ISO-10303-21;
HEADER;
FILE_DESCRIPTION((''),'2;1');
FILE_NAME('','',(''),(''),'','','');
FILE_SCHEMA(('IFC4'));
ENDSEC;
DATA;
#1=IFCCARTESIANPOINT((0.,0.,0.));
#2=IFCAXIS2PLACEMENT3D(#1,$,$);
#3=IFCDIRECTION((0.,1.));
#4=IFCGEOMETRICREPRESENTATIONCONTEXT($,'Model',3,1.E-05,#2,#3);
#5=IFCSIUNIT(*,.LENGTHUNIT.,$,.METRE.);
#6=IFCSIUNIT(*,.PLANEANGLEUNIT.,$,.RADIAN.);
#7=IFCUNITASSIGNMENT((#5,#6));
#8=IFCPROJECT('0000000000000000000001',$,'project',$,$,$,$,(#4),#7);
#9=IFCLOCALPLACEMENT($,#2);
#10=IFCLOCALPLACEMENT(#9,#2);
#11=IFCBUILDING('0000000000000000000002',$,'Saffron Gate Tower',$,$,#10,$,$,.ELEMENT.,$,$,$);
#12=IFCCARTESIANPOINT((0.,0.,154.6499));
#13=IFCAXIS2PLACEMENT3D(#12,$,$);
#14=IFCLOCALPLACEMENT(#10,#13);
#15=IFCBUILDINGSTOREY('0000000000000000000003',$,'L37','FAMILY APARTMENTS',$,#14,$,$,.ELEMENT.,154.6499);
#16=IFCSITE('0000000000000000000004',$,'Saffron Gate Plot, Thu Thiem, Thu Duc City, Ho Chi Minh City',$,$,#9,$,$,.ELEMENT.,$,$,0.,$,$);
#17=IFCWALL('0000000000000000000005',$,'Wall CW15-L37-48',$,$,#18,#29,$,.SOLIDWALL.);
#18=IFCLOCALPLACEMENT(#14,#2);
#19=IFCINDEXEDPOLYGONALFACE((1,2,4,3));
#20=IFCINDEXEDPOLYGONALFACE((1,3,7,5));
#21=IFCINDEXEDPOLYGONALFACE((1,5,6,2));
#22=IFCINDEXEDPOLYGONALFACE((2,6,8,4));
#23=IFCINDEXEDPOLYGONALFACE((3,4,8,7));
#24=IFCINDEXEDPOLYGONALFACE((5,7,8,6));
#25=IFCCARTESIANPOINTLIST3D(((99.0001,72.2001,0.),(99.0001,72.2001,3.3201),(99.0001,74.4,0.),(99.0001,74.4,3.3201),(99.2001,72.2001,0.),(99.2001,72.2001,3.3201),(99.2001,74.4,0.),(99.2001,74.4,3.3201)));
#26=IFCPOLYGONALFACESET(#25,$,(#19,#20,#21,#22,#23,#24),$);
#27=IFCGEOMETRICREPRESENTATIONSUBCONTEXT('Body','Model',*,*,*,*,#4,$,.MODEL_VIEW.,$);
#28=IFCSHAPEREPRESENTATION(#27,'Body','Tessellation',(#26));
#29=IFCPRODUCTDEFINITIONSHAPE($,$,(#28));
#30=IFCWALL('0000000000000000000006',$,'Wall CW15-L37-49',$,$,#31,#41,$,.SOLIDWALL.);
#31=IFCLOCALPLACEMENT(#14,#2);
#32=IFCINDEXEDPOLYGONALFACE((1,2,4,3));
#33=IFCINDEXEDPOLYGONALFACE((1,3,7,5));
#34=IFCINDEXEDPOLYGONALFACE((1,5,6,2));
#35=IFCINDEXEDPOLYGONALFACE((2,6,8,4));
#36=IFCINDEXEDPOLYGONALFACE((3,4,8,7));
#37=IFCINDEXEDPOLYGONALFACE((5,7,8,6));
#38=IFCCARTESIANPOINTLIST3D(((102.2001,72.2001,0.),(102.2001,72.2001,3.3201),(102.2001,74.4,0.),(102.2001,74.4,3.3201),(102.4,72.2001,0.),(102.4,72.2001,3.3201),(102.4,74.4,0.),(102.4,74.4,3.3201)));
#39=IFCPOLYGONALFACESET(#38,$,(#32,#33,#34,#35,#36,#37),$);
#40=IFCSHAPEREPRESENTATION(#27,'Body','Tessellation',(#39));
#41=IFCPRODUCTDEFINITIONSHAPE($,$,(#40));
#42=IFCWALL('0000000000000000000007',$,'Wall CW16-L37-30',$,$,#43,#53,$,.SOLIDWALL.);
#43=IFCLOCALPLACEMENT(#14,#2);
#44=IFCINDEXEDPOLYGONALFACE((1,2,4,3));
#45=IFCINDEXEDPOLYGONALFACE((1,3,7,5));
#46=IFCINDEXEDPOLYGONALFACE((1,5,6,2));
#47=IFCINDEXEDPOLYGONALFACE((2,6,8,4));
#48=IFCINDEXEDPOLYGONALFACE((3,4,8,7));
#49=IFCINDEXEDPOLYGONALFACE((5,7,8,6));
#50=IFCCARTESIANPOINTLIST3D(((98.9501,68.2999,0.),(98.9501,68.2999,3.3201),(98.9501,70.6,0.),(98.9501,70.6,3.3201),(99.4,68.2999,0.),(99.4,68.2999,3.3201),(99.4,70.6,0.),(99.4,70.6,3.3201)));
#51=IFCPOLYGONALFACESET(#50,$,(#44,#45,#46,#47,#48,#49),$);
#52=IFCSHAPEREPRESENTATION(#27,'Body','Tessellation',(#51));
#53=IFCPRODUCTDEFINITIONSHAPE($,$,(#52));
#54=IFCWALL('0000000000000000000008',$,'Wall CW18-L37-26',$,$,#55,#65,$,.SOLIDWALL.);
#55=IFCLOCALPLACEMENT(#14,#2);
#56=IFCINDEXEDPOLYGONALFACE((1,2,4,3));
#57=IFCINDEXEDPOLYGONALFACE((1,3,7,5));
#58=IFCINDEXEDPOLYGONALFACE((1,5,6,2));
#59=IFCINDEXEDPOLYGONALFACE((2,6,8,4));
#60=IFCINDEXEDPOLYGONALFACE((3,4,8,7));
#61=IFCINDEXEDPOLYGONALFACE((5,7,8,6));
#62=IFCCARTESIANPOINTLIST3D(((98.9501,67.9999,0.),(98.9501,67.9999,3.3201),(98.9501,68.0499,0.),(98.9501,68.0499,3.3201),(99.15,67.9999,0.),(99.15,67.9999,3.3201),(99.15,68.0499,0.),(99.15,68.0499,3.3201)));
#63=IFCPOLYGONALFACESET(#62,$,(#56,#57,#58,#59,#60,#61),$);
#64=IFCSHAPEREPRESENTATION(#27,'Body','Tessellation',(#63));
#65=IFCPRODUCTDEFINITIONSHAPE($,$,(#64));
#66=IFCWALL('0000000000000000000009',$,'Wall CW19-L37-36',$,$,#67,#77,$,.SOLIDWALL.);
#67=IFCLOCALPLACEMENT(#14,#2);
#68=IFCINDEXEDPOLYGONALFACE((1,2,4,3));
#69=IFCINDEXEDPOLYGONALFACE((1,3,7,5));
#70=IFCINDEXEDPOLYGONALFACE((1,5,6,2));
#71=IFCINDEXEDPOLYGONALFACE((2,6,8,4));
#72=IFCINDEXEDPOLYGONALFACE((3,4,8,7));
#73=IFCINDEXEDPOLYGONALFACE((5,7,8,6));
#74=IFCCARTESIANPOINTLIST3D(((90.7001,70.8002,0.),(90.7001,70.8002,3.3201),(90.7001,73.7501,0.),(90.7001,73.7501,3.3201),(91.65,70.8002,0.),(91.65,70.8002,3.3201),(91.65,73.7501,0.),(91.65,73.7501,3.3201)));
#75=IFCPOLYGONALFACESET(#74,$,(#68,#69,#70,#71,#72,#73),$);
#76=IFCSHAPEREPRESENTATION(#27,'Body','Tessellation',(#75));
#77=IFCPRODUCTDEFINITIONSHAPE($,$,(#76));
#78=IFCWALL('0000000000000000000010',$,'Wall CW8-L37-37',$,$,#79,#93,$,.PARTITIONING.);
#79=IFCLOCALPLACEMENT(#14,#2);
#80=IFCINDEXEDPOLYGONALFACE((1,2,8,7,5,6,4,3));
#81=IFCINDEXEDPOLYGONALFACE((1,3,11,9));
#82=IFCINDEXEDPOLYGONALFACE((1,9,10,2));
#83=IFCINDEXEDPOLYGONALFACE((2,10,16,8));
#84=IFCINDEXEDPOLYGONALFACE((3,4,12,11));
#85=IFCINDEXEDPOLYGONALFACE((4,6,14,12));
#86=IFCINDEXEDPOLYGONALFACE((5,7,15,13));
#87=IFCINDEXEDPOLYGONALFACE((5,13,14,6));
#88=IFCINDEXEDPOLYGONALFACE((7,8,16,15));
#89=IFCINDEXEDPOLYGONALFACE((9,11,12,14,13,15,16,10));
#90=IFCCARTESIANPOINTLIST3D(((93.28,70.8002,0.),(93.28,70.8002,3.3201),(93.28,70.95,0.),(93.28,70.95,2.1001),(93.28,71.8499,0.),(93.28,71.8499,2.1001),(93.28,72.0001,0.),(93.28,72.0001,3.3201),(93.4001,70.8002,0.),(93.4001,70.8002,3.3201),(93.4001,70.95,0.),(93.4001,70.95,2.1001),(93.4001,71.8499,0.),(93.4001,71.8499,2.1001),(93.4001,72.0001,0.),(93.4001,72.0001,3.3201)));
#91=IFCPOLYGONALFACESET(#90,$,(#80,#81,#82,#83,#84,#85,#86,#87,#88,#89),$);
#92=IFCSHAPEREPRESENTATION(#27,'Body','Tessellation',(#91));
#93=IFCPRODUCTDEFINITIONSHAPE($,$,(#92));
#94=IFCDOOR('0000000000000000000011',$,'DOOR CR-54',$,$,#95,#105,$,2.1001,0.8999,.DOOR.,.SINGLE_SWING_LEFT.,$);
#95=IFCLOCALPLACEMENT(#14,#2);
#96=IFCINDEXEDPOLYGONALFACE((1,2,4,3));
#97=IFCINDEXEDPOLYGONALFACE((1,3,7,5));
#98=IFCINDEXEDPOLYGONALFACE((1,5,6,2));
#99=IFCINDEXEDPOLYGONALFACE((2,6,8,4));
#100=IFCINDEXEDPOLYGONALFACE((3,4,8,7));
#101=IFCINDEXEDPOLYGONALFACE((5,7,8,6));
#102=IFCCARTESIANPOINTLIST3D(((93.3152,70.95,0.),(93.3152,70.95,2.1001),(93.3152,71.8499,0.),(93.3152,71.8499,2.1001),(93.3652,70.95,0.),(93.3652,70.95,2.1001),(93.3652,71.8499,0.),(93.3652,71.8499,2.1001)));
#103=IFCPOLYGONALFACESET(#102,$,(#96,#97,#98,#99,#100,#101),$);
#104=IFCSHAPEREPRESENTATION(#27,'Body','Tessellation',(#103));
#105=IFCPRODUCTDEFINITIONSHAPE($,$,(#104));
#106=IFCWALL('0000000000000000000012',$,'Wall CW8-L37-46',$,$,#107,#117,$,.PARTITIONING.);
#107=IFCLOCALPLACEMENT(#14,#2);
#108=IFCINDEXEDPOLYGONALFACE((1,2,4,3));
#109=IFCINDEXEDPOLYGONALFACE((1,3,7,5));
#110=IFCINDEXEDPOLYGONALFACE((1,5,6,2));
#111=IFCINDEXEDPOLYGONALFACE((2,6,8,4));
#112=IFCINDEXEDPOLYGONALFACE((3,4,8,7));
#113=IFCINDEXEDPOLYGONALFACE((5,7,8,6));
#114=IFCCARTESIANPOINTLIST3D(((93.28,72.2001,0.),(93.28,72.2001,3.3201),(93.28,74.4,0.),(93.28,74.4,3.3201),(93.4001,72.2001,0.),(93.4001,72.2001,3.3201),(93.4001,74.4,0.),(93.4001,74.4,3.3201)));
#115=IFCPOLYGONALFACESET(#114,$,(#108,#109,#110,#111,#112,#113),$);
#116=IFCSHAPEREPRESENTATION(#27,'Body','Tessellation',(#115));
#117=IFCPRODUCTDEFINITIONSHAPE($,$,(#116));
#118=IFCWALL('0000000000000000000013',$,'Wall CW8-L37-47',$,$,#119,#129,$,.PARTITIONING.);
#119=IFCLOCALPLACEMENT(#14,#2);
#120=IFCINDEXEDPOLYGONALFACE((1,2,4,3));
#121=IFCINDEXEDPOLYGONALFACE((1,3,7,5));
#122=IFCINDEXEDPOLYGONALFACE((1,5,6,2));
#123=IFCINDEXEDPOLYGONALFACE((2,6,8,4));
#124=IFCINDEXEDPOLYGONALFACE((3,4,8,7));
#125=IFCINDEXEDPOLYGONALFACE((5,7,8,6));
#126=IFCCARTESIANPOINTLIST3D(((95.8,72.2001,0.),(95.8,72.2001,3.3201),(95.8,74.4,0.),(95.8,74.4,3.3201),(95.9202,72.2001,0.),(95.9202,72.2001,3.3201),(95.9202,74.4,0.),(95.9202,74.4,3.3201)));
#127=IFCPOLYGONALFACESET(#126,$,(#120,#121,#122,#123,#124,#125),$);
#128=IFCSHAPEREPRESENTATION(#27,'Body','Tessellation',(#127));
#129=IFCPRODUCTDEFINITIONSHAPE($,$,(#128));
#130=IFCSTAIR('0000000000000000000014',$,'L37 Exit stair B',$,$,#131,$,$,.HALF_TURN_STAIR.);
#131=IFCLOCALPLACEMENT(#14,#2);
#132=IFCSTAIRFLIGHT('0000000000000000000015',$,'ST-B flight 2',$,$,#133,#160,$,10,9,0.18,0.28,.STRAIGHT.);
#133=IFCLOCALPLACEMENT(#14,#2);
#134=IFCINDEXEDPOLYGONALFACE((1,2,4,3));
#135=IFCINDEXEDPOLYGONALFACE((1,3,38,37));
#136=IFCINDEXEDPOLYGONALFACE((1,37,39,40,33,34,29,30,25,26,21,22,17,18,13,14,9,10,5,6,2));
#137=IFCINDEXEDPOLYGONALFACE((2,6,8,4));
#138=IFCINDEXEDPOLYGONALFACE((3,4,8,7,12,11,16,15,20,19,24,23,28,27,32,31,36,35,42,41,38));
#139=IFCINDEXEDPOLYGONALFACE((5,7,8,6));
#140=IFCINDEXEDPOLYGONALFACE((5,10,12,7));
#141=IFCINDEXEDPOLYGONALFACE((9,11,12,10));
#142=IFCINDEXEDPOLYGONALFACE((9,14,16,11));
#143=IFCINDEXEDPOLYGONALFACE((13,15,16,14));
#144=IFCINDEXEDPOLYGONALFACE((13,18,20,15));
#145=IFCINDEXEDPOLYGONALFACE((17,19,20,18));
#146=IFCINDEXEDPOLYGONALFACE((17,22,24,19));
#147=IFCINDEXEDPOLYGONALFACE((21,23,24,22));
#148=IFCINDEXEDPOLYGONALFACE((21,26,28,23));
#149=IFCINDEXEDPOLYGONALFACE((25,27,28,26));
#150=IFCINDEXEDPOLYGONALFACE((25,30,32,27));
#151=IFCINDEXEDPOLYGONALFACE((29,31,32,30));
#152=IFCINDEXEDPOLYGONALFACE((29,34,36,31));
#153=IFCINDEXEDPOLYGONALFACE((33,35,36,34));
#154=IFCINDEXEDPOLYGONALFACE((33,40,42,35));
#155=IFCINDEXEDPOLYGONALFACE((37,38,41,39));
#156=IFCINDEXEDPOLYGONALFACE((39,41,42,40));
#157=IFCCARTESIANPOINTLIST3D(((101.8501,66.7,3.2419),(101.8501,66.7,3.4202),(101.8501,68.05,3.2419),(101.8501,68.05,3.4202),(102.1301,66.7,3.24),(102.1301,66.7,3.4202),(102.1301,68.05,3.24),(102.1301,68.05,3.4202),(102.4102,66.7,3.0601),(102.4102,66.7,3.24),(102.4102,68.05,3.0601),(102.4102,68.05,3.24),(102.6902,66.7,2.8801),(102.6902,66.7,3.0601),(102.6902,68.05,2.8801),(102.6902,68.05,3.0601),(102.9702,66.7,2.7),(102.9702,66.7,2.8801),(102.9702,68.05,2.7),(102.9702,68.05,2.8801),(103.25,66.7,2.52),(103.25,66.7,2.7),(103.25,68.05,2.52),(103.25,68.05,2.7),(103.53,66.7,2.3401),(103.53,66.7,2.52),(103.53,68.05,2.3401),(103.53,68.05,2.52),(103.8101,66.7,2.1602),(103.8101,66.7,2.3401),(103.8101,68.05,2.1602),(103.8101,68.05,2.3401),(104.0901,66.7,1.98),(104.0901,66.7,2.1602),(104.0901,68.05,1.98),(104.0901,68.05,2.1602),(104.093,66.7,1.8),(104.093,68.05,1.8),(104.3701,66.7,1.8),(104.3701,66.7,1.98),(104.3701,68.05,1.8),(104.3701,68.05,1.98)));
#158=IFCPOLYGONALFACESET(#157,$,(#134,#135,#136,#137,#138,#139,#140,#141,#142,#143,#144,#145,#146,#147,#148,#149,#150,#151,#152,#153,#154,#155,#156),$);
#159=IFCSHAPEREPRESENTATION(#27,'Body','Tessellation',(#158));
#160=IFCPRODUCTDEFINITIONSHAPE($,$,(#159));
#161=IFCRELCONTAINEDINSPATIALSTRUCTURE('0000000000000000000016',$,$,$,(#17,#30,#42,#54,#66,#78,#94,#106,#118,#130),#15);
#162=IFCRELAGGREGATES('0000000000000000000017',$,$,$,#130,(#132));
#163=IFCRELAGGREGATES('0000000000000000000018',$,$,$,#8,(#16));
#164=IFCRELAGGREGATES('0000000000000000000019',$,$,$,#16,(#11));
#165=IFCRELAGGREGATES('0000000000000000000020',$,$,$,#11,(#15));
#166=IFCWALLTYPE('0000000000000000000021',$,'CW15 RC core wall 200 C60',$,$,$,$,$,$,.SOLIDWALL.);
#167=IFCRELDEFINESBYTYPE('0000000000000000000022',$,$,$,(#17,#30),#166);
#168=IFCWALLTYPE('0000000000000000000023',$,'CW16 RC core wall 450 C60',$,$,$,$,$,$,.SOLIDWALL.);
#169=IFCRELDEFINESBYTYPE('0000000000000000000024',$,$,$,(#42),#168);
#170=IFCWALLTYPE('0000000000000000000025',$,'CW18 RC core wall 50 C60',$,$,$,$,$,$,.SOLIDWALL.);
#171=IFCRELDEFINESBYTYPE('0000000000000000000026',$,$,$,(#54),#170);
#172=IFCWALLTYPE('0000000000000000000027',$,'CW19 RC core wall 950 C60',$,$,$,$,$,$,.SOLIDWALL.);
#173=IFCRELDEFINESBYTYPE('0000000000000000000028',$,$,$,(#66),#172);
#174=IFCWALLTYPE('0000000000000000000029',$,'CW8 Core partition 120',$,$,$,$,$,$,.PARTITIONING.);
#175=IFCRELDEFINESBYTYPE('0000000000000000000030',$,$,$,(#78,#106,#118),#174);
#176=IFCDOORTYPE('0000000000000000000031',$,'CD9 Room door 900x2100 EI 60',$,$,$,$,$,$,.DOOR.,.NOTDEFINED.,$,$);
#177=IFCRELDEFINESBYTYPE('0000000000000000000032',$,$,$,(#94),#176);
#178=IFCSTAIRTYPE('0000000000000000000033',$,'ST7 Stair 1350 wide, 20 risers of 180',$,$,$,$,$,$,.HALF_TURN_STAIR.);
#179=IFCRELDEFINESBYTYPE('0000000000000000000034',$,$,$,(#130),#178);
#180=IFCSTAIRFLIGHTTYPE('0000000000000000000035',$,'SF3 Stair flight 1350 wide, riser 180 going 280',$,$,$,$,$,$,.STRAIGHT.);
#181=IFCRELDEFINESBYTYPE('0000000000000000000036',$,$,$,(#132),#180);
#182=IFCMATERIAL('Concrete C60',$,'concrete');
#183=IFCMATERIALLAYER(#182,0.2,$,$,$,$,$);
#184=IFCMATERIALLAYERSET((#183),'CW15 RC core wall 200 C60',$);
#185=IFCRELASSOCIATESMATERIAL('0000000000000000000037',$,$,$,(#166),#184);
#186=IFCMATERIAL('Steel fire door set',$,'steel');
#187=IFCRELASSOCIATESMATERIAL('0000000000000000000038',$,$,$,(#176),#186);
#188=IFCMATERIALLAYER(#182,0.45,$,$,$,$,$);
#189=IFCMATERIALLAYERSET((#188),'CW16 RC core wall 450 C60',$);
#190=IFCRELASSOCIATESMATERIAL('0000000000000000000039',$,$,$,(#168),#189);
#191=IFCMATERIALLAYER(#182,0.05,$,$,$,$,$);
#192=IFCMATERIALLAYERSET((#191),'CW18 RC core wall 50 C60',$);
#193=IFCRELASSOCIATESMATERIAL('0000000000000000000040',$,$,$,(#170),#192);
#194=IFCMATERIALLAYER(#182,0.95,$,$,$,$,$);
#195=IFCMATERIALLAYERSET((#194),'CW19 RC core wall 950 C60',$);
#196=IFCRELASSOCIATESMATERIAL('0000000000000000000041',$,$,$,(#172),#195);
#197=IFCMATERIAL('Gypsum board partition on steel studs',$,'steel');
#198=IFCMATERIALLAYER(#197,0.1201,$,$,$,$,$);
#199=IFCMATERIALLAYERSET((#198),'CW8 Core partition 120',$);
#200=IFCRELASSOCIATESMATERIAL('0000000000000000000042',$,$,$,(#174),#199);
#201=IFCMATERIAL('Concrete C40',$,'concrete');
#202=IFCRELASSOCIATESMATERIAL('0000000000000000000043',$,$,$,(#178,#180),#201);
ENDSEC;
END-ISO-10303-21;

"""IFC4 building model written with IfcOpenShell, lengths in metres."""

from ifc_helpers import new_model, si_unit, direction, frame, frame_2d, origin, place, context, subcontext, project, spatial, polyline, rectangle, outline, extrude, material, layer, layer_set, type_object, element, fill, aggregate, save


model = new_model("IFC4")

# Units and contexts
model_context = context("Model", 3, precision=1e-05, world=origin(), true_north=direction((0.0, 1.0)))
body_context = subcontext(model_context, "Body", "Model", "MODEL_VIEW")
ifc_project = project(units=[si_unit("LENGTHUNIT", "METRE"), si_unit("PLANEANGLEUNIT", "RADIAN")], contexts=[model_context])

# Site, building, storey
site_placement = place(None, origin())
site = spatial("IfcSite", under=ifc_project, at=site_placement, Name="Saffron Gate Plot, Thu Thiem, Thu Duc City, Ho Chi Minh City", CompositionType="ELEMENT", RefElevation=0.0)
building_placement = place(site_placement, origin())
building = spatial("IfcBuilding", under=site, at=building_placement, Name="Saffron Gate Tower", CompositionType="ELEMENT")
storey_placement = place(building_placement, frame((0.0, 0.0, 154.6499)))
storey = spatial("IfcBuildingStorey", under=building, at=storey_placement, Name="L37", Description="FAMILY APARTMENTS", CompositionType="ELEMENT", Elevation=154.6499)

# Shared definitions
ifc_material_1 = material(Name="Concrete C60", Category="concrete")

# Shared definitions
ifc_material_2 = material(Name="Steel fire door set", Category="steel")

# Shared definitions
ifc_layer_1 = layer(ifc_material_1, 0.2)
ifc_layer_set_1 = layer_set([ifc_layer_1], Name="CW15 RC core wall 200 C60")
wall_type_1 = type_object("IfcWallType", Name="CW15 RC core wall 200 C60", PredefinedType="SOLIDWALL", material=ifc_layer_set_1)

# Shared definitions
door_type_1 = type_object("IfcDoorType", Name="CD9 Room door 900x2100 EI 60", OperationType="NOTDEFINED", PredefinedType="DOOR", material=ifc_material_2)

# Walls
for number, where, z_axis, x_axis, name in (
    (1, (99.1001, 72.2, 0.0), (0.0, 0.0, 1.0), (0.0, 1.0, 0.0), "Wall CW15-L37-48"),
    (2, (102.3, 72.2, 0.0), (0.0, 0.0, 1.0), (0.0, 1.0, 0.0), "Wall CW15-L37-49"),
):
    element("IfcWall", number, at=place(storey_placement, frame(where, z_axis=z_axis, x_axis=x_axis)), inside=storey, type_object=wall_type_1, Name=name, PredefinedType="SOLIDWALL", context=body_context, shape_type="SweptSolid", body=[
        extrude(rectangle(XDim=2.2, YDim=0.2, at=frame_2d((1.1001, 0.0))), origin(), (0.0, 0.0, 1.0), 3.3201),
    ])
ifc_layer_2 = layer(ifc_material_1, 0.45)
ifc_layer_set_2 = layer_set([ifc_layer_2], Name="CW16 RC core wall 450 C60")
wall_type_2 = type_object("IfcWallType", Name="CW16 RC core wall 450 C60", PredefinedType="SOLIDWALL", material=ifc_layer_set_2)
wall_1_placement = place(storey_placement, frame((99.175, 68.3, 0.0), z_axis=(0.0, 0.0, 1.0), x_axis=(0.0, 1.0, 0.0)))
element("IfcWall", 3, at=wall_1_placement, inside=storey, type_object=wall_type_2, Name="Wall CW16-L37-30", PredefinedType="SOLIDWALL", context=body_context, shape_type="SweptSolid", body=[
    extrude(rectangle(XDim=2.3, YDim=0.45, at=frame_2d((1.1499, 0.0))), origin(), (0.0, 0.0, 1.0), 3.3201),
])
ifc_layer_3 = layer(ifc_material_1, 0.05)
ifc_layer_set_3 = layer_set([ifc_layer_3], Name="CW18 RC core wall 50 C60")
wall_type_3 = type_object("IfcWallType", Name="CW18 RC core wall 50 C60", PredefinedType="SOLIDWALL", material=ifc_layer_set_3)
wall_2_placement = place(storey_placement, frame((98.95, 68.0249, 0.0), z_axis=(0.0, 0.0, 1.0), x_axis=(1.0, 0.0, 0.0)))
element("IfcWall", 4, at=wall_2_placement, inside=storey, type_object=wall_type_3, Name="Wall CW18-L37-26", PredefinedType="SOLIDWALL", context=body_context, shape_type="SweptSolid", body=[
    extrude(rectangle(XDim=0.2, YDim=0.05, at=frame_2d((0.1001, 0.0))), origin(), (0.0, 0.0, 1.0), 3.3201),
])
ifc_layer_4 = layer(ifc_material_1, 0.95)
ifc_layer_set_4 = layer_set([ifc_layer_4], Name="CW19 RC core wall 950 C60")
wall_type_4 = type_object("IfcWallType", Name="CW19 RC core wall 950 C60", PredefinedType="SOLIDWALL", material=ifc_layer_set_4)
wall_3_placement = place(storey_placement, frame((91.175, 70.8, 0.0), z_axis=(0.0, 0.0, 1.0), x_axis=(0.0, 1.0, 0.0)))
element("IfcWall", 5, at=wall_3_placement, inside=storey, type_object=wall_type_4, Name="Wall CW19-L37-36", PredefinedType="SOLIDWALL", context=body_context, shape_type="SweptSolid", body=[
    extrude(rectangle(XDim=2.95, YDim=0.95, at=frame_2d((1.4751, 0.0))), origin(), (0.0, 0.0, 1.0), 3.3201),
])

# Wall, opening, door
ifc_material_3 = material(Name="Gypsum board partition on steel studs", Category="steel")
ifc_layer_5 = layer(ifc_material_3, 0.1201)
ifc_layer_set_5 = layer_set([ifc_layer_5], Name="CW8 Core partition 120")
wall_type_5 = type_object("IfcWallType", Name="CW8 Core partition 120", PredefinedType="PARTITIONING", material=ifc_layer_set_5)
wall_4_placement = place(storey_placement, frame((93.3401, 70.8, 0.0), z_axis=(0.0, 0.0, 1.0), x_axis=(0.0, 1.0, 0.0)))
wall_4 = element("IfcWall", 6, at=wall_4_placement, inside=storey, type_object=wall_type_5, Name="Wall CW8-L37-37", PredefinedType="PARTITIONING", context=body_context, shape_type="SweptSolid", body=[
    extrude(rectangle(XDim=1.2, YDim=0.1201, at=frame_2d((0.6001, 0.0))), origin(), (0.0, 0.0, 1.0), 3.3201),
])
opening_1_placement = place(wall_4_placement, frame((0.1499, 0.0, 0.0)))
opening_1 = element("IfcOpeningElement", 7, at=opening_1_placement, cuts=wall_4, PredefinedType="OPENING", context=body_context, shape_type="SweptSolid", body=[
    extrude(rectangle(XDim=0.8999, YDim=2.1001, at=frame_2d((0.45, 1.05))), frame((0.0, 0.0701, 0.0), z_axis=(0.0, -1.0, 0.0), x_axis=(1.0, 0.0, 0.0)), (0.0, 0.0, 1.0), 0.1401),
])
door_1_placement = place(opening_1_placement, origin())
door_1 = element("IfcDoor", 8, at=door_1_placement, inside=storey, type_object=door_type_1, Name="DOOR CR-54", OperationType="SINGLE_SWING_LEFT", OverallHeight=2.1001, OverallWidth=0.8999, PredefinedType="DOOR", context=body_context, shape_type="SweptSolid", body=[
    extrude(rectangle(XDim=0.8999, YDim=2.1001, at=frame_2d((0.45, 1.05))), frame((0.0, 0.0249, 0.0), z_axis=(0.0, -1.0, 0.0), x_axis=(1.0, 0.0, 0.0)), (0.0, 0.0, 1.0), 0.05),
])
fill(opening_1, door_1)

# Walls
for number, where, z_axis, x_axis, name in (
    (9, (93.3401, 72.2, 0.0), (0.0, 0.0, 1.0), (0.0, 1.0, 0.0), "Wall CW8-L37-46"),
    (10, (95.8601, 72.2, 0.0), (0.0, 0.0, 1.0), (0.0, 1.0, 0.0), "Wall CW8-L37-47"),
):
    element("IfcWall", number, at=place(storey_placement, frame(where, z_axis=z_axis, x_axis=x_axis)), inside=storey, type_object=wall_type_5, Name=name, PredefinedType="PARTITIONING", context=body_context, shape_type="SweptSolid", body=[
        extrude(rectangle(XDim=2.2, YDim=0.1201, at=frame_2d((1.1001, 0.0))), origin(), (0.0, 0.0, 1.0), 3.3201),
    ])

# Stair, stair flight
ifc_material_4 = material(Name="Concrete C40", Category="concrete")
stair_type = type_object("IfcStairType", Name="ST7 Stair 1350 wide, 20 risers of 180", PredefinedType="HALF_TURN_STAIR", material=ifc_material_4)
stair_placement = place(storey_placement, origin())
stair = element("IfcStair", 11, at=stair_placement, inside=storey, type_object=stair_type, Name="L37 Exit stair B", PredefinedType="HALF_TURN_STAIR")
stair_flight_type = type_object("IfcStairFlightType", Name="SF3 Stair flight 1350 wide, riser 180 going 280", PredefinedType="STRAIGHT", material=ifc_material_4)
stair_flight_placement = place(storey_placement, frame((104.3701, 67.375, 1.8), z_axis=(0.0, 0.0, 1.0), x_axis=(-1.0, 0.0, 0.0)))
stair_flight = element("IfcStairFlight", 12, at=stair_flight_placement, type_object=stair_flight_type, Name="ST-B flight 2", NumberOfRisers=10, NumberOfTreads=9, PredefinedType="STRAIGHT", RiserHeight=0.18, TreadLength=0.28, context=body_context, shape_type="SweptSolid", body=[
    extrude(outline(polyline([(0.0, 0.0), (0.0, 0.1799), (0.28, 0.1799), (0.28, 0.3601), (0.5601, 0.3601), (0.5601, 0.54), (0.8401, 0.54), (0.8401, 0.72), (1.1201, 0.72), (1.1201, 0.8999), (1.3999, 0.8999), (1.3999, 1.0801), (1.6799, 1.0801), (1.6799, 1.26), (1.96, 1.26), (1.96, 1.4399), (2.24, 1.4399), (2.24, 1.6201), (2.52, 1.6201), (2.52, 1.8), (2.52, 1.4419), (0.2771, 0.0), (0.0, 0.0)])), frame((0.0, 0.675, 0.0), z_axis=(0.0, -1.0, 0.0), x_axis=(1.0, 0.0, 0.0)), (0.0, 0.0, 1.0), 1.3501),
])
aggregate(stair, [stair_flight])

save(model, "model.ifc")
